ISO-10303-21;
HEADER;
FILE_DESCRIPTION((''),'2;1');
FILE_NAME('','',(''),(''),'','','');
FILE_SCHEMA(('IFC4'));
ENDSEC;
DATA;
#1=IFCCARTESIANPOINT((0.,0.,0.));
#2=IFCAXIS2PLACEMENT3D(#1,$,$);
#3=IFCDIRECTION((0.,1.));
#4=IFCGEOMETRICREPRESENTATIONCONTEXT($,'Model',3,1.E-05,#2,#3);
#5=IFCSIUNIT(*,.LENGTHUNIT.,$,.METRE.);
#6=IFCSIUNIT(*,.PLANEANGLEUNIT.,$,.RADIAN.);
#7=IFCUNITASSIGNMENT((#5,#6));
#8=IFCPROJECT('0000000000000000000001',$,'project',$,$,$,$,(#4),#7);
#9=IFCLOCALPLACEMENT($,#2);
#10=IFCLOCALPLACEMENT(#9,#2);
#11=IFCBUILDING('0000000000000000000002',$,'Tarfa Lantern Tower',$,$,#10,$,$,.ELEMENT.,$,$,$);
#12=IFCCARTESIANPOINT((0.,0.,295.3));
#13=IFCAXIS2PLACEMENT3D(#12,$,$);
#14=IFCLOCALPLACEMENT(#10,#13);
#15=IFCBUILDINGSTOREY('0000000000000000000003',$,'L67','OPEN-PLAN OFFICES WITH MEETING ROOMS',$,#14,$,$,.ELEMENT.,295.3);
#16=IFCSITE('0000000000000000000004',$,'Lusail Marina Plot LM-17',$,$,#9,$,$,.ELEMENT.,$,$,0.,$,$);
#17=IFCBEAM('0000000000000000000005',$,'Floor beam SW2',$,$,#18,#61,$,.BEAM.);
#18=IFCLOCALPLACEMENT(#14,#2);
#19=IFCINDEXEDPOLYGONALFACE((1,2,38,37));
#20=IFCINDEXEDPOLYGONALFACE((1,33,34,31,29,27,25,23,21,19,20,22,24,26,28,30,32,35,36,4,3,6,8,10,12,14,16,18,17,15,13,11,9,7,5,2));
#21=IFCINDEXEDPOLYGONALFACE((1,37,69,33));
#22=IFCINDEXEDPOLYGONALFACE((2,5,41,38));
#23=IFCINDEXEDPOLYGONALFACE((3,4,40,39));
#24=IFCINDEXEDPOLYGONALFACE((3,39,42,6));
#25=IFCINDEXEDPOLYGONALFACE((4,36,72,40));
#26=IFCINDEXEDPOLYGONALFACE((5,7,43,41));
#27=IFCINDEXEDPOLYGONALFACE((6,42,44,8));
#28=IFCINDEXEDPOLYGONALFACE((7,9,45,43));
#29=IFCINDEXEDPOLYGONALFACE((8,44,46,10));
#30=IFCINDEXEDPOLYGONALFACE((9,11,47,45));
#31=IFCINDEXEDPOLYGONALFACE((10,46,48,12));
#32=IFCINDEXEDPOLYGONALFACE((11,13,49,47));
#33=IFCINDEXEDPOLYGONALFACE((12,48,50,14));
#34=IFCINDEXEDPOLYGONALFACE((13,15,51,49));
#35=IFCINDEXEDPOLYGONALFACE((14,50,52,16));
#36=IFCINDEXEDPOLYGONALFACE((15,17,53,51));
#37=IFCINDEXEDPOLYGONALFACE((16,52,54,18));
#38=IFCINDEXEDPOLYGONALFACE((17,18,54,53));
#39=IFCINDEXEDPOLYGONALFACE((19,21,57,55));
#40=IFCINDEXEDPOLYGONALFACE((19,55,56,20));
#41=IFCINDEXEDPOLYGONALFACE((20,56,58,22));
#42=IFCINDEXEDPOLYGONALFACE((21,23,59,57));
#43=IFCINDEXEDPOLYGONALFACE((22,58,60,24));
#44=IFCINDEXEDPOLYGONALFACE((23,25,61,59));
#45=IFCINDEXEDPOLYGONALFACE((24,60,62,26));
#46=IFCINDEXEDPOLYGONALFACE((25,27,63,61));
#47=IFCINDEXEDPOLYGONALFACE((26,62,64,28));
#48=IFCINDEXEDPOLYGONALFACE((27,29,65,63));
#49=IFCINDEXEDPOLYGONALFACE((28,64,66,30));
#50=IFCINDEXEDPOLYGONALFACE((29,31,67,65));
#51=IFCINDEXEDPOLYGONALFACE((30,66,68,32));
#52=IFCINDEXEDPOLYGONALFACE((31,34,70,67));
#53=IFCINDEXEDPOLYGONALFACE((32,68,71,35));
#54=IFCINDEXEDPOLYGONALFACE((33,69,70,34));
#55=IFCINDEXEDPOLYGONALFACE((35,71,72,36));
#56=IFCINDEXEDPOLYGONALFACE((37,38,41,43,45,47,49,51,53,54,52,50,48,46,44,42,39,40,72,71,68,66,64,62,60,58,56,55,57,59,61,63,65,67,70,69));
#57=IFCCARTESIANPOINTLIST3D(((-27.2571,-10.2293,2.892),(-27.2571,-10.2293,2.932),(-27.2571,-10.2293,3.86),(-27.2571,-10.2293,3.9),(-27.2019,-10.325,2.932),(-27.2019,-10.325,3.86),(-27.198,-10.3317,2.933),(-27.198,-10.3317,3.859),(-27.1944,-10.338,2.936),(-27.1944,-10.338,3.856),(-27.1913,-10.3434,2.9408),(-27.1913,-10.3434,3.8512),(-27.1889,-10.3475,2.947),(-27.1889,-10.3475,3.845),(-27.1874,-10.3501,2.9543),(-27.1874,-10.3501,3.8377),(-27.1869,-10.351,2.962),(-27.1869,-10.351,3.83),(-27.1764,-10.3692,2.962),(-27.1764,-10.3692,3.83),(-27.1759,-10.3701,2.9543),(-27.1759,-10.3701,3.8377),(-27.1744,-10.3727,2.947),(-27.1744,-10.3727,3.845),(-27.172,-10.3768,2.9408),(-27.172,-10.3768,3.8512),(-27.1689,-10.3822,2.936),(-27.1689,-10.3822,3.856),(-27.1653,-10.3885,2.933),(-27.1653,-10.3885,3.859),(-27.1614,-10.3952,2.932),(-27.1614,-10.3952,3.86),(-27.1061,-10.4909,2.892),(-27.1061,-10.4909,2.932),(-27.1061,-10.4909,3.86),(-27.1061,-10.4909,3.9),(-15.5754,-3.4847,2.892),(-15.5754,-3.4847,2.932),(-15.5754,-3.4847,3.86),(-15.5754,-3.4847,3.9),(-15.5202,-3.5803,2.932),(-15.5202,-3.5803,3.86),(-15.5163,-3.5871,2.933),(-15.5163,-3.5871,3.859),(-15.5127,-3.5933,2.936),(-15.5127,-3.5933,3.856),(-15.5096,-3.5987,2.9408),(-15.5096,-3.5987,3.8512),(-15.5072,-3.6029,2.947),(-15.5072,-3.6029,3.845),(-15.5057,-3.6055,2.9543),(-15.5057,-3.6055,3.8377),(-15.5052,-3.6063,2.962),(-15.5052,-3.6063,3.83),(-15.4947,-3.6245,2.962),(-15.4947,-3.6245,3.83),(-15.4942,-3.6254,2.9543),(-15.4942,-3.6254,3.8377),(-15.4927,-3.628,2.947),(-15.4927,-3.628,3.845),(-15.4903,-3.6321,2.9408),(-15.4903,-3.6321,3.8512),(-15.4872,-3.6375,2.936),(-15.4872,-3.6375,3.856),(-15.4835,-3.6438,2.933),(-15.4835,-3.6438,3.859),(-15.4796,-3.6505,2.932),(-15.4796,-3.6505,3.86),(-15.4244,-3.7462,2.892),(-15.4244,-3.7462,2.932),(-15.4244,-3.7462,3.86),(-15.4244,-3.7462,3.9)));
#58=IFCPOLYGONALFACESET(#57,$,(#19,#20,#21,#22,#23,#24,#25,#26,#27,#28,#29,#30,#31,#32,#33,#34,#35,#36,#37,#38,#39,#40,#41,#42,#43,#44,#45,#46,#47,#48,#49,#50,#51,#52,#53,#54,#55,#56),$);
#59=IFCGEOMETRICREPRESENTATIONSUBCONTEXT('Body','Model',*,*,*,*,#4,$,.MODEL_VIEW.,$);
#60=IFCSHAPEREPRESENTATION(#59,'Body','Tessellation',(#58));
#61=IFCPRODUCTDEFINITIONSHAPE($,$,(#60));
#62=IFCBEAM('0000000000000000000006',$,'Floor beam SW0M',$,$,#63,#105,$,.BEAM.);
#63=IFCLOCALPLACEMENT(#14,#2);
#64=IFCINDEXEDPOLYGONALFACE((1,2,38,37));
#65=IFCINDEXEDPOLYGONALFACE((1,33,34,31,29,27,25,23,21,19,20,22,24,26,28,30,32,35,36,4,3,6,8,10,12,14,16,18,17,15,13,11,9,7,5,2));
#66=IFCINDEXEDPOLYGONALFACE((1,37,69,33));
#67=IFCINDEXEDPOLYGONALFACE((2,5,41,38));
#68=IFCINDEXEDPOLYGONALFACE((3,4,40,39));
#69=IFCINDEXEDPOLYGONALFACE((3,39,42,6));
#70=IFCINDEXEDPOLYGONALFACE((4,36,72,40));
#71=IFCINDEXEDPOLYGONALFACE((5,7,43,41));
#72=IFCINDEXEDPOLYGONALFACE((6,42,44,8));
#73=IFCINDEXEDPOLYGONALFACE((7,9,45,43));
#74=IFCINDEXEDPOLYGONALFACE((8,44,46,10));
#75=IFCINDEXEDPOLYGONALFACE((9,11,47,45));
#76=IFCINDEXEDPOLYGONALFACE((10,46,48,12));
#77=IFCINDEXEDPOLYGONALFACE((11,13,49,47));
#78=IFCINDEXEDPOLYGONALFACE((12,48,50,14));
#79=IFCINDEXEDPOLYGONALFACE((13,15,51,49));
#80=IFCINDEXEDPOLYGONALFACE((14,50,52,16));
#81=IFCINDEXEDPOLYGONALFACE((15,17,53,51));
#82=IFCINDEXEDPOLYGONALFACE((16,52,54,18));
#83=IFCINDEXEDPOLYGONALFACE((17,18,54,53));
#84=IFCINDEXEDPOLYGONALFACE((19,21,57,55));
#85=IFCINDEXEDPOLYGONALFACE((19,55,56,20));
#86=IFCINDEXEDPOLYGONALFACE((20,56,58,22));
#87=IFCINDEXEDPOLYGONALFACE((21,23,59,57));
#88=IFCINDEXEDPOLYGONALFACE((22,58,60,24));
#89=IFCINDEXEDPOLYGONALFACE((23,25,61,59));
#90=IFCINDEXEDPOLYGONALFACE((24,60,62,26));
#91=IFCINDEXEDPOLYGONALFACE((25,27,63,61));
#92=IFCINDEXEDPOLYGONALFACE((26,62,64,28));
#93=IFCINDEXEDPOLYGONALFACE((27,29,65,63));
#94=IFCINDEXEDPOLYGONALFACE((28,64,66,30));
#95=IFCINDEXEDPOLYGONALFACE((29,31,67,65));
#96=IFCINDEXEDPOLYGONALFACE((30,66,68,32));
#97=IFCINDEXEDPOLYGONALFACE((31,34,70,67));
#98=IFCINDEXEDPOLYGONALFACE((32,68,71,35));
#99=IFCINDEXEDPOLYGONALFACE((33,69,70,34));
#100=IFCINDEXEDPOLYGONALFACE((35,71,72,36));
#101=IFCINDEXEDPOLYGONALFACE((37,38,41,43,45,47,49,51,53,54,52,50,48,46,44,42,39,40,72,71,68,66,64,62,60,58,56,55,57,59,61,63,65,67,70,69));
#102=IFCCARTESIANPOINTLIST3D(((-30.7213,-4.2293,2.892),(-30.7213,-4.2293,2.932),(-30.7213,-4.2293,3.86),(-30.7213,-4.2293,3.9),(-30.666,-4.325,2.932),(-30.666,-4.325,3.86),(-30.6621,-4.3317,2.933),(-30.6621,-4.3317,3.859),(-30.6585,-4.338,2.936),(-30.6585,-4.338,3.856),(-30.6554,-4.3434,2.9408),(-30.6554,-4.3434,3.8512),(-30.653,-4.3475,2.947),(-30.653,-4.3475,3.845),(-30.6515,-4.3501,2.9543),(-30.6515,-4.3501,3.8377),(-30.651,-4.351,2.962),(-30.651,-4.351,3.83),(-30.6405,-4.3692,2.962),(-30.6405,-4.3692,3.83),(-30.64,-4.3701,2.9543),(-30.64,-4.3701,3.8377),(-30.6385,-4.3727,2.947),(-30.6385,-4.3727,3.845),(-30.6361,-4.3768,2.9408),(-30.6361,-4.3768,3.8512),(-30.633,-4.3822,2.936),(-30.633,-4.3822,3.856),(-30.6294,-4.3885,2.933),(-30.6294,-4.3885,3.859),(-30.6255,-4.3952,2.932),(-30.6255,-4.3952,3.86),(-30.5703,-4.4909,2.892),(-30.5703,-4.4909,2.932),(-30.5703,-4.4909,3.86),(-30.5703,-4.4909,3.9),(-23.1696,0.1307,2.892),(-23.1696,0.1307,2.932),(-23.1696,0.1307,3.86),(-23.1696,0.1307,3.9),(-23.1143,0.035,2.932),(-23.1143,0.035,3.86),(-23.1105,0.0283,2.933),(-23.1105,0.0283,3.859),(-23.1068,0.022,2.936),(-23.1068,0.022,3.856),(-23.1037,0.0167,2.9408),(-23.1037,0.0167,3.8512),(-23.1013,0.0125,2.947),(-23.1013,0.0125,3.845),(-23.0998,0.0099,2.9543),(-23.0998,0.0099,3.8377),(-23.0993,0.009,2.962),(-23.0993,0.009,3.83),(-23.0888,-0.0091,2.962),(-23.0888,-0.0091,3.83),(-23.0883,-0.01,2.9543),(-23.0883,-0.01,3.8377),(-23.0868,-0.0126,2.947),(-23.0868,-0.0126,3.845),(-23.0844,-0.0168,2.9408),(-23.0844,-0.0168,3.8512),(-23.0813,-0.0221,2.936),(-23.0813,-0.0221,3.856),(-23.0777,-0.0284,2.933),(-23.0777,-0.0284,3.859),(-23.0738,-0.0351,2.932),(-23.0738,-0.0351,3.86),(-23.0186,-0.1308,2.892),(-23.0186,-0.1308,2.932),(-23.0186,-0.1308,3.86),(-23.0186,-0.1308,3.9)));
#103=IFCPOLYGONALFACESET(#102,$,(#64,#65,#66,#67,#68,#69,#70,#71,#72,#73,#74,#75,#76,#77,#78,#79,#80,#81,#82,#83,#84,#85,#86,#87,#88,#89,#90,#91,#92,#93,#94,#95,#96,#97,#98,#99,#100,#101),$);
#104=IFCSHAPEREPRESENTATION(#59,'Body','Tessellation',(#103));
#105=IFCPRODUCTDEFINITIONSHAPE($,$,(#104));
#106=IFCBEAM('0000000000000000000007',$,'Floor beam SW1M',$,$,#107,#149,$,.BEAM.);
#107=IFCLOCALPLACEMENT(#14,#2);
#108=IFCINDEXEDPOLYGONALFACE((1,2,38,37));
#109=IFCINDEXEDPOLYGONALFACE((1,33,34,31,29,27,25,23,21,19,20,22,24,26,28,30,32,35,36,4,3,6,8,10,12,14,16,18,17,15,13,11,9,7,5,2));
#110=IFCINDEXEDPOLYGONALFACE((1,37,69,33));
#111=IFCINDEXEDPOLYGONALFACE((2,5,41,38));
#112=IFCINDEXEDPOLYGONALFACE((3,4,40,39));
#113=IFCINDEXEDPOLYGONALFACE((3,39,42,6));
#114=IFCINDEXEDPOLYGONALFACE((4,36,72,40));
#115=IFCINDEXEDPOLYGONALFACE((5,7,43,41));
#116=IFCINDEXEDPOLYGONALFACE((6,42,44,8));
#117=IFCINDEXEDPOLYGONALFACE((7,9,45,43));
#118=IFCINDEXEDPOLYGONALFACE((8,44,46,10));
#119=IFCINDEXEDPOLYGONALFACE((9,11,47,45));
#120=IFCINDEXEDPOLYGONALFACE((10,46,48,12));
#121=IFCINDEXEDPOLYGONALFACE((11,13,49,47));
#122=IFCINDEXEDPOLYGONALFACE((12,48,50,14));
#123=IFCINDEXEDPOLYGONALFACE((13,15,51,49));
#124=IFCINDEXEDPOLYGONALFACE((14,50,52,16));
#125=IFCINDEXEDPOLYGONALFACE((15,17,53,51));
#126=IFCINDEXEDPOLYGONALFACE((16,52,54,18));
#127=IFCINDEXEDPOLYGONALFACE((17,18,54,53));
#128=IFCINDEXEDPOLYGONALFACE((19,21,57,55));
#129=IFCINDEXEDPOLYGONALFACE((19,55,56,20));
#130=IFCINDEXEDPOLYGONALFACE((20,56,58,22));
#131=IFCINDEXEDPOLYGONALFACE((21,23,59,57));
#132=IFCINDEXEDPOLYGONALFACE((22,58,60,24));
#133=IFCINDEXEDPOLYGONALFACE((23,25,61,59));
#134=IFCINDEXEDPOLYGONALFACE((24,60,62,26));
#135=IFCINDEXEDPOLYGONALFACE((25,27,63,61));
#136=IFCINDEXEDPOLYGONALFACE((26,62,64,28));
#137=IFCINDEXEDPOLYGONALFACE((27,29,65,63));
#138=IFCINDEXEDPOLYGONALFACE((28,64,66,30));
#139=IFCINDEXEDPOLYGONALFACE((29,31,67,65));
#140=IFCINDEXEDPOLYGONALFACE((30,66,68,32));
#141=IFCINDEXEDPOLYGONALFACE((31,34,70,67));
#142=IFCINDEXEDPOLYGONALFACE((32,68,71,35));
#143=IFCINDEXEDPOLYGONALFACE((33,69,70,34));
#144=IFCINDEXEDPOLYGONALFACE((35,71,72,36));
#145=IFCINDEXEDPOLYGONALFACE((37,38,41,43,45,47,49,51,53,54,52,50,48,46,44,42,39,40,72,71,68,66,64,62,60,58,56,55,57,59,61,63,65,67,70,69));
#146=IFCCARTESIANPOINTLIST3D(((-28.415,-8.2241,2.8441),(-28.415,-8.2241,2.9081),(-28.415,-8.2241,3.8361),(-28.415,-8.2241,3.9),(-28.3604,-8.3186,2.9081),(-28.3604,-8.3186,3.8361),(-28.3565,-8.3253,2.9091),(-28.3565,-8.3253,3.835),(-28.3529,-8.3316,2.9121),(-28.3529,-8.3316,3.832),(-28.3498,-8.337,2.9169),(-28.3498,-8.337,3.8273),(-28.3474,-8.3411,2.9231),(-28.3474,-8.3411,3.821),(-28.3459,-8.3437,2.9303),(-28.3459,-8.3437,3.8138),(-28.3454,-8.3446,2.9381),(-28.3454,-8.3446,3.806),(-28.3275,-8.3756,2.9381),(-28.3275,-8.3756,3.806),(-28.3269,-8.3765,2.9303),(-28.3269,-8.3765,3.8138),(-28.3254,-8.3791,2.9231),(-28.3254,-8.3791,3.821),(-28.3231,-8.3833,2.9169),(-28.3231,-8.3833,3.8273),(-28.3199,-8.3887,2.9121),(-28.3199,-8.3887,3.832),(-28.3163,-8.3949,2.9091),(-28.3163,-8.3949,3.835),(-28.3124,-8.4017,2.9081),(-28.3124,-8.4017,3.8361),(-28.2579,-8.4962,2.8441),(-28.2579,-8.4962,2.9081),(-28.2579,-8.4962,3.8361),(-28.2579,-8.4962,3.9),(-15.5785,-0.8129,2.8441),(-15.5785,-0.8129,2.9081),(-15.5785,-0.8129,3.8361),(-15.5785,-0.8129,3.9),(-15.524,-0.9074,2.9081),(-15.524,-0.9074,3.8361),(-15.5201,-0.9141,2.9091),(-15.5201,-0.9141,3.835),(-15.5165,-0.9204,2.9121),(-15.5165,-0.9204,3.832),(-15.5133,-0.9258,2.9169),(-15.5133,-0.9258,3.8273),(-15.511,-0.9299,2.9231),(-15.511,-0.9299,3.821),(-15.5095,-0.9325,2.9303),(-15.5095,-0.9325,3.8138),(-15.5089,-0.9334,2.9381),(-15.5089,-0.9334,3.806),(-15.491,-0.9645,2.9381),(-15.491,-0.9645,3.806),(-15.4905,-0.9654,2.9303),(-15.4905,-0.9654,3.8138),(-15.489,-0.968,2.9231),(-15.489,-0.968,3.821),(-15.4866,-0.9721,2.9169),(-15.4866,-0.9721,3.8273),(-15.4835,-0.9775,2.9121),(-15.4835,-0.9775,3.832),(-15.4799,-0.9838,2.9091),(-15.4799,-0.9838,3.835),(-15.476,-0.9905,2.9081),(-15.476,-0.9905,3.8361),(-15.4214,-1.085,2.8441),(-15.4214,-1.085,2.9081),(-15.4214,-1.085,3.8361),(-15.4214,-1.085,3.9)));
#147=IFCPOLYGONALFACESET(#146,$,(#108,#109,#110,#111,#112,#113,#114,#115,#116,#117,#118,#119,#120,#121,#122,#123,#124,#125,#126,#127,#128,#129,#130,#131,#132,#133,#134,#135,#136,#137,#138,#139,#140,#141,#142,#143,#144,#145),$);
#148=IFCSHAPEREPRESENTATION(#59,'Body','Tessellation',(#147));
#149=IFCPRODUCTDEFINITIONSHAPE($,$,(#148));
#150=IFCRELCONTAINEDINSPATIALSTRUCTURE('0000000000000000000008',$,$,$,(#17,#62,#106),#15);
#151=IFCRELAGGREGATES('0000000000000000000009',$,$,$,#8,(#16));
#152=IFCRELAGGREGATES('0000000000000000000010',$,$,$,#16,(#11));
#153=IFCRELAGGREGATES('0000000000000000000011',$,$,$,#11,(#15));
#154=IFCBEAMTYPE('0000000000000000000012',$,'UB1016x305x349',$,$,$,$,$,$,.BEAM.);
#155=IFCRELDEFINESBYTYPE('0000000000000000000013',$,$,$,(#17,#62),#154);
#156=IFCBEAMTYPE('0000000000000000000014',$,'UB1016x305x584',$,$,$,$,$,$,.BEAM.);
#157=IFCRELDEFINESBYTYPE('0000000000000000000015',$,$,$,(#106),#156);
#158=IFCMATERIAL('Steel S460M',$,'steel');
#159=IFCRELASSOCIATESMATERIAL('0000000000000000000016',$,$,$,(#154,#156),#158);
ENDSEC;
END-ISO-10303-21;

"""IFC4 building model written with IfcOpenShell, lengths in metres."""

from ifc_helpers import new_model, si_unit, direction, frame, origin, origin_2d, place, context, subcontext, project, spatial, i_section, extrude, material, material_profile, profile_set, type_object, element, save


model = new_model("IFC4")

# Units and contexts
model_context = context("Model", 3, precision=1e-05, world=origin(), true_north=direction((0.0, 1.0)))
body_context = subcontext(model_context, "Body", "Model", "MODEL_VIEW")
ifc_project = project(units=[si_unit("LENGTHUNIT", "METRE"), si_unit("PLANEANGLEUNIT", "RADIAN")], contexts=[model_context])

# Site, building, storey
site_placement = place(None, origin())
site = spatial("IfcSite", under=ifc_project, at=site_placement, Name="Lusail Marina Plot LM-17", CompositionType="ELEMENT", RefElevation=0.0)
building_placement = place(site_placement, origin())
building = spatial("IfcBuilding", under=site, at=building_placement, Name="Tarfa Lantern Tower", CompositionType="ELEMENT")
storey_placement = place(building_placement, frame((0.0, 0.0, 295.3)))
storey = spatial("IfcBuildingStorey", under=building, at=storey_placement, Name="L67", Description="OPEN-PLAN OFFICES WITH MEETING ROOMS", CompositionType="ELEMENT", Elevation=295.3)

# Beams
ifc_material_1 = material(Name="Steel S460M", Category="steel")
ifc_material_profile_1 = material_profile(ifc_material_1, i_section(OverallWidth=0.302, OverallDepth=1.0081, WebThickness=0.021, FlangeThickness=0.04, FilletRadius=0.03, at=origin_2d()), Name="UB1016x305x349")
ifc_profile_set_1 = profile_set([ifc_material_profile_1], Name="Steel S460M")
beam_type_1 = type_object("IfcBeamType", Name="UB1016x305x349", PredefinedType="BEAM", material=ifc_profile_set_1)
beam_1_placement = place(storey_placement, frame((-27.1816, -10.3601, 3.396), z_axis=(0.866018, 0.500013, 0.0), x_axis=(-0.500013, 0.866018, 0.0)))
element("IfcBeam", 1, at=beam_1_placement, inside=storey, type_object=beam_type_1, Name="Floor beam SW2", PredefinedType="BEAM", context=body_context, shape_type="SweptSolid", body=[
    extrude(i_section(OverallWidth=0.302, OverallDepth=1.0081, WebThickness=0.021, FlangeThickness=0.04, FilletRadius=0.03, at=origin_2d()), origin(), (0.0, 0.0, 1.0), 13.489),
])
beam_2_placement = place(storey_placement, frame((-30.6458, -4.3601, 3.396), z_axis=(0.866021, 0.500008, 0.0), x_axis=(-0.500008, 0.866021, 0.0)))
element("IfcBeam", 2, at=beam_2_placement, inside=storey, type_object=beam_type_1, Name="Floor beam SW0M", PredefinedType="BEAM", context=body_context, shape_type="SweptSolid", body=[
    extrude(i_section(OverallWidth=0.302, OverallDepth=1.0081, WebThickness=0.021, FlangeThickness=0.04, FilletRadius=0.03, at=origin_2d()), origin(), (0.0, 0.0, 1.0), 8.72),
])
ifc_material_profile_2 = material_profile(ifc_material_1, i_section(OverallWidth=0.3142, OverallDepth=1.0559, WebThickness=0.0359, FlangeThickness=0.064, FilletRadius=0.03, at=origin_2d()), Name="UB1016x305x584")
ifc_profile_set_2 = profile_set([ifc_material_profile_2], Name="Steel S460M")
beam_type_2 = type_object("IfcBeamType", Name="UB1016x305x584", PredefinedType="BEAM", material=ifc_profile_set_2)
beam_3_placement = place(storey_placement, frame((-28.3364, -8.3601, 3.3721), z_axis=(0.866025, 0.500001, 0.0), x_axis=(-0.500001, 0.866025, 0.0)))
element("IfcBeam", 3, at=beam_3_placement, inside=storey, type_object=beam_type_2, Name="Floor beam SW1M", PredefinedType="BEAM", context=body_context, shape_type="SweptSolid", body=[
    extrude(i_section(OverallWidth=0.3142, OverallDepth=1.0559, WebThickness=0.0359, FlangeThickness=0.064, FilletRadius=0.03, at=origin_2d()), origin(), (0.0, 0.0, 1.0), 14.8223),
])

save(model, "model.ifc")
